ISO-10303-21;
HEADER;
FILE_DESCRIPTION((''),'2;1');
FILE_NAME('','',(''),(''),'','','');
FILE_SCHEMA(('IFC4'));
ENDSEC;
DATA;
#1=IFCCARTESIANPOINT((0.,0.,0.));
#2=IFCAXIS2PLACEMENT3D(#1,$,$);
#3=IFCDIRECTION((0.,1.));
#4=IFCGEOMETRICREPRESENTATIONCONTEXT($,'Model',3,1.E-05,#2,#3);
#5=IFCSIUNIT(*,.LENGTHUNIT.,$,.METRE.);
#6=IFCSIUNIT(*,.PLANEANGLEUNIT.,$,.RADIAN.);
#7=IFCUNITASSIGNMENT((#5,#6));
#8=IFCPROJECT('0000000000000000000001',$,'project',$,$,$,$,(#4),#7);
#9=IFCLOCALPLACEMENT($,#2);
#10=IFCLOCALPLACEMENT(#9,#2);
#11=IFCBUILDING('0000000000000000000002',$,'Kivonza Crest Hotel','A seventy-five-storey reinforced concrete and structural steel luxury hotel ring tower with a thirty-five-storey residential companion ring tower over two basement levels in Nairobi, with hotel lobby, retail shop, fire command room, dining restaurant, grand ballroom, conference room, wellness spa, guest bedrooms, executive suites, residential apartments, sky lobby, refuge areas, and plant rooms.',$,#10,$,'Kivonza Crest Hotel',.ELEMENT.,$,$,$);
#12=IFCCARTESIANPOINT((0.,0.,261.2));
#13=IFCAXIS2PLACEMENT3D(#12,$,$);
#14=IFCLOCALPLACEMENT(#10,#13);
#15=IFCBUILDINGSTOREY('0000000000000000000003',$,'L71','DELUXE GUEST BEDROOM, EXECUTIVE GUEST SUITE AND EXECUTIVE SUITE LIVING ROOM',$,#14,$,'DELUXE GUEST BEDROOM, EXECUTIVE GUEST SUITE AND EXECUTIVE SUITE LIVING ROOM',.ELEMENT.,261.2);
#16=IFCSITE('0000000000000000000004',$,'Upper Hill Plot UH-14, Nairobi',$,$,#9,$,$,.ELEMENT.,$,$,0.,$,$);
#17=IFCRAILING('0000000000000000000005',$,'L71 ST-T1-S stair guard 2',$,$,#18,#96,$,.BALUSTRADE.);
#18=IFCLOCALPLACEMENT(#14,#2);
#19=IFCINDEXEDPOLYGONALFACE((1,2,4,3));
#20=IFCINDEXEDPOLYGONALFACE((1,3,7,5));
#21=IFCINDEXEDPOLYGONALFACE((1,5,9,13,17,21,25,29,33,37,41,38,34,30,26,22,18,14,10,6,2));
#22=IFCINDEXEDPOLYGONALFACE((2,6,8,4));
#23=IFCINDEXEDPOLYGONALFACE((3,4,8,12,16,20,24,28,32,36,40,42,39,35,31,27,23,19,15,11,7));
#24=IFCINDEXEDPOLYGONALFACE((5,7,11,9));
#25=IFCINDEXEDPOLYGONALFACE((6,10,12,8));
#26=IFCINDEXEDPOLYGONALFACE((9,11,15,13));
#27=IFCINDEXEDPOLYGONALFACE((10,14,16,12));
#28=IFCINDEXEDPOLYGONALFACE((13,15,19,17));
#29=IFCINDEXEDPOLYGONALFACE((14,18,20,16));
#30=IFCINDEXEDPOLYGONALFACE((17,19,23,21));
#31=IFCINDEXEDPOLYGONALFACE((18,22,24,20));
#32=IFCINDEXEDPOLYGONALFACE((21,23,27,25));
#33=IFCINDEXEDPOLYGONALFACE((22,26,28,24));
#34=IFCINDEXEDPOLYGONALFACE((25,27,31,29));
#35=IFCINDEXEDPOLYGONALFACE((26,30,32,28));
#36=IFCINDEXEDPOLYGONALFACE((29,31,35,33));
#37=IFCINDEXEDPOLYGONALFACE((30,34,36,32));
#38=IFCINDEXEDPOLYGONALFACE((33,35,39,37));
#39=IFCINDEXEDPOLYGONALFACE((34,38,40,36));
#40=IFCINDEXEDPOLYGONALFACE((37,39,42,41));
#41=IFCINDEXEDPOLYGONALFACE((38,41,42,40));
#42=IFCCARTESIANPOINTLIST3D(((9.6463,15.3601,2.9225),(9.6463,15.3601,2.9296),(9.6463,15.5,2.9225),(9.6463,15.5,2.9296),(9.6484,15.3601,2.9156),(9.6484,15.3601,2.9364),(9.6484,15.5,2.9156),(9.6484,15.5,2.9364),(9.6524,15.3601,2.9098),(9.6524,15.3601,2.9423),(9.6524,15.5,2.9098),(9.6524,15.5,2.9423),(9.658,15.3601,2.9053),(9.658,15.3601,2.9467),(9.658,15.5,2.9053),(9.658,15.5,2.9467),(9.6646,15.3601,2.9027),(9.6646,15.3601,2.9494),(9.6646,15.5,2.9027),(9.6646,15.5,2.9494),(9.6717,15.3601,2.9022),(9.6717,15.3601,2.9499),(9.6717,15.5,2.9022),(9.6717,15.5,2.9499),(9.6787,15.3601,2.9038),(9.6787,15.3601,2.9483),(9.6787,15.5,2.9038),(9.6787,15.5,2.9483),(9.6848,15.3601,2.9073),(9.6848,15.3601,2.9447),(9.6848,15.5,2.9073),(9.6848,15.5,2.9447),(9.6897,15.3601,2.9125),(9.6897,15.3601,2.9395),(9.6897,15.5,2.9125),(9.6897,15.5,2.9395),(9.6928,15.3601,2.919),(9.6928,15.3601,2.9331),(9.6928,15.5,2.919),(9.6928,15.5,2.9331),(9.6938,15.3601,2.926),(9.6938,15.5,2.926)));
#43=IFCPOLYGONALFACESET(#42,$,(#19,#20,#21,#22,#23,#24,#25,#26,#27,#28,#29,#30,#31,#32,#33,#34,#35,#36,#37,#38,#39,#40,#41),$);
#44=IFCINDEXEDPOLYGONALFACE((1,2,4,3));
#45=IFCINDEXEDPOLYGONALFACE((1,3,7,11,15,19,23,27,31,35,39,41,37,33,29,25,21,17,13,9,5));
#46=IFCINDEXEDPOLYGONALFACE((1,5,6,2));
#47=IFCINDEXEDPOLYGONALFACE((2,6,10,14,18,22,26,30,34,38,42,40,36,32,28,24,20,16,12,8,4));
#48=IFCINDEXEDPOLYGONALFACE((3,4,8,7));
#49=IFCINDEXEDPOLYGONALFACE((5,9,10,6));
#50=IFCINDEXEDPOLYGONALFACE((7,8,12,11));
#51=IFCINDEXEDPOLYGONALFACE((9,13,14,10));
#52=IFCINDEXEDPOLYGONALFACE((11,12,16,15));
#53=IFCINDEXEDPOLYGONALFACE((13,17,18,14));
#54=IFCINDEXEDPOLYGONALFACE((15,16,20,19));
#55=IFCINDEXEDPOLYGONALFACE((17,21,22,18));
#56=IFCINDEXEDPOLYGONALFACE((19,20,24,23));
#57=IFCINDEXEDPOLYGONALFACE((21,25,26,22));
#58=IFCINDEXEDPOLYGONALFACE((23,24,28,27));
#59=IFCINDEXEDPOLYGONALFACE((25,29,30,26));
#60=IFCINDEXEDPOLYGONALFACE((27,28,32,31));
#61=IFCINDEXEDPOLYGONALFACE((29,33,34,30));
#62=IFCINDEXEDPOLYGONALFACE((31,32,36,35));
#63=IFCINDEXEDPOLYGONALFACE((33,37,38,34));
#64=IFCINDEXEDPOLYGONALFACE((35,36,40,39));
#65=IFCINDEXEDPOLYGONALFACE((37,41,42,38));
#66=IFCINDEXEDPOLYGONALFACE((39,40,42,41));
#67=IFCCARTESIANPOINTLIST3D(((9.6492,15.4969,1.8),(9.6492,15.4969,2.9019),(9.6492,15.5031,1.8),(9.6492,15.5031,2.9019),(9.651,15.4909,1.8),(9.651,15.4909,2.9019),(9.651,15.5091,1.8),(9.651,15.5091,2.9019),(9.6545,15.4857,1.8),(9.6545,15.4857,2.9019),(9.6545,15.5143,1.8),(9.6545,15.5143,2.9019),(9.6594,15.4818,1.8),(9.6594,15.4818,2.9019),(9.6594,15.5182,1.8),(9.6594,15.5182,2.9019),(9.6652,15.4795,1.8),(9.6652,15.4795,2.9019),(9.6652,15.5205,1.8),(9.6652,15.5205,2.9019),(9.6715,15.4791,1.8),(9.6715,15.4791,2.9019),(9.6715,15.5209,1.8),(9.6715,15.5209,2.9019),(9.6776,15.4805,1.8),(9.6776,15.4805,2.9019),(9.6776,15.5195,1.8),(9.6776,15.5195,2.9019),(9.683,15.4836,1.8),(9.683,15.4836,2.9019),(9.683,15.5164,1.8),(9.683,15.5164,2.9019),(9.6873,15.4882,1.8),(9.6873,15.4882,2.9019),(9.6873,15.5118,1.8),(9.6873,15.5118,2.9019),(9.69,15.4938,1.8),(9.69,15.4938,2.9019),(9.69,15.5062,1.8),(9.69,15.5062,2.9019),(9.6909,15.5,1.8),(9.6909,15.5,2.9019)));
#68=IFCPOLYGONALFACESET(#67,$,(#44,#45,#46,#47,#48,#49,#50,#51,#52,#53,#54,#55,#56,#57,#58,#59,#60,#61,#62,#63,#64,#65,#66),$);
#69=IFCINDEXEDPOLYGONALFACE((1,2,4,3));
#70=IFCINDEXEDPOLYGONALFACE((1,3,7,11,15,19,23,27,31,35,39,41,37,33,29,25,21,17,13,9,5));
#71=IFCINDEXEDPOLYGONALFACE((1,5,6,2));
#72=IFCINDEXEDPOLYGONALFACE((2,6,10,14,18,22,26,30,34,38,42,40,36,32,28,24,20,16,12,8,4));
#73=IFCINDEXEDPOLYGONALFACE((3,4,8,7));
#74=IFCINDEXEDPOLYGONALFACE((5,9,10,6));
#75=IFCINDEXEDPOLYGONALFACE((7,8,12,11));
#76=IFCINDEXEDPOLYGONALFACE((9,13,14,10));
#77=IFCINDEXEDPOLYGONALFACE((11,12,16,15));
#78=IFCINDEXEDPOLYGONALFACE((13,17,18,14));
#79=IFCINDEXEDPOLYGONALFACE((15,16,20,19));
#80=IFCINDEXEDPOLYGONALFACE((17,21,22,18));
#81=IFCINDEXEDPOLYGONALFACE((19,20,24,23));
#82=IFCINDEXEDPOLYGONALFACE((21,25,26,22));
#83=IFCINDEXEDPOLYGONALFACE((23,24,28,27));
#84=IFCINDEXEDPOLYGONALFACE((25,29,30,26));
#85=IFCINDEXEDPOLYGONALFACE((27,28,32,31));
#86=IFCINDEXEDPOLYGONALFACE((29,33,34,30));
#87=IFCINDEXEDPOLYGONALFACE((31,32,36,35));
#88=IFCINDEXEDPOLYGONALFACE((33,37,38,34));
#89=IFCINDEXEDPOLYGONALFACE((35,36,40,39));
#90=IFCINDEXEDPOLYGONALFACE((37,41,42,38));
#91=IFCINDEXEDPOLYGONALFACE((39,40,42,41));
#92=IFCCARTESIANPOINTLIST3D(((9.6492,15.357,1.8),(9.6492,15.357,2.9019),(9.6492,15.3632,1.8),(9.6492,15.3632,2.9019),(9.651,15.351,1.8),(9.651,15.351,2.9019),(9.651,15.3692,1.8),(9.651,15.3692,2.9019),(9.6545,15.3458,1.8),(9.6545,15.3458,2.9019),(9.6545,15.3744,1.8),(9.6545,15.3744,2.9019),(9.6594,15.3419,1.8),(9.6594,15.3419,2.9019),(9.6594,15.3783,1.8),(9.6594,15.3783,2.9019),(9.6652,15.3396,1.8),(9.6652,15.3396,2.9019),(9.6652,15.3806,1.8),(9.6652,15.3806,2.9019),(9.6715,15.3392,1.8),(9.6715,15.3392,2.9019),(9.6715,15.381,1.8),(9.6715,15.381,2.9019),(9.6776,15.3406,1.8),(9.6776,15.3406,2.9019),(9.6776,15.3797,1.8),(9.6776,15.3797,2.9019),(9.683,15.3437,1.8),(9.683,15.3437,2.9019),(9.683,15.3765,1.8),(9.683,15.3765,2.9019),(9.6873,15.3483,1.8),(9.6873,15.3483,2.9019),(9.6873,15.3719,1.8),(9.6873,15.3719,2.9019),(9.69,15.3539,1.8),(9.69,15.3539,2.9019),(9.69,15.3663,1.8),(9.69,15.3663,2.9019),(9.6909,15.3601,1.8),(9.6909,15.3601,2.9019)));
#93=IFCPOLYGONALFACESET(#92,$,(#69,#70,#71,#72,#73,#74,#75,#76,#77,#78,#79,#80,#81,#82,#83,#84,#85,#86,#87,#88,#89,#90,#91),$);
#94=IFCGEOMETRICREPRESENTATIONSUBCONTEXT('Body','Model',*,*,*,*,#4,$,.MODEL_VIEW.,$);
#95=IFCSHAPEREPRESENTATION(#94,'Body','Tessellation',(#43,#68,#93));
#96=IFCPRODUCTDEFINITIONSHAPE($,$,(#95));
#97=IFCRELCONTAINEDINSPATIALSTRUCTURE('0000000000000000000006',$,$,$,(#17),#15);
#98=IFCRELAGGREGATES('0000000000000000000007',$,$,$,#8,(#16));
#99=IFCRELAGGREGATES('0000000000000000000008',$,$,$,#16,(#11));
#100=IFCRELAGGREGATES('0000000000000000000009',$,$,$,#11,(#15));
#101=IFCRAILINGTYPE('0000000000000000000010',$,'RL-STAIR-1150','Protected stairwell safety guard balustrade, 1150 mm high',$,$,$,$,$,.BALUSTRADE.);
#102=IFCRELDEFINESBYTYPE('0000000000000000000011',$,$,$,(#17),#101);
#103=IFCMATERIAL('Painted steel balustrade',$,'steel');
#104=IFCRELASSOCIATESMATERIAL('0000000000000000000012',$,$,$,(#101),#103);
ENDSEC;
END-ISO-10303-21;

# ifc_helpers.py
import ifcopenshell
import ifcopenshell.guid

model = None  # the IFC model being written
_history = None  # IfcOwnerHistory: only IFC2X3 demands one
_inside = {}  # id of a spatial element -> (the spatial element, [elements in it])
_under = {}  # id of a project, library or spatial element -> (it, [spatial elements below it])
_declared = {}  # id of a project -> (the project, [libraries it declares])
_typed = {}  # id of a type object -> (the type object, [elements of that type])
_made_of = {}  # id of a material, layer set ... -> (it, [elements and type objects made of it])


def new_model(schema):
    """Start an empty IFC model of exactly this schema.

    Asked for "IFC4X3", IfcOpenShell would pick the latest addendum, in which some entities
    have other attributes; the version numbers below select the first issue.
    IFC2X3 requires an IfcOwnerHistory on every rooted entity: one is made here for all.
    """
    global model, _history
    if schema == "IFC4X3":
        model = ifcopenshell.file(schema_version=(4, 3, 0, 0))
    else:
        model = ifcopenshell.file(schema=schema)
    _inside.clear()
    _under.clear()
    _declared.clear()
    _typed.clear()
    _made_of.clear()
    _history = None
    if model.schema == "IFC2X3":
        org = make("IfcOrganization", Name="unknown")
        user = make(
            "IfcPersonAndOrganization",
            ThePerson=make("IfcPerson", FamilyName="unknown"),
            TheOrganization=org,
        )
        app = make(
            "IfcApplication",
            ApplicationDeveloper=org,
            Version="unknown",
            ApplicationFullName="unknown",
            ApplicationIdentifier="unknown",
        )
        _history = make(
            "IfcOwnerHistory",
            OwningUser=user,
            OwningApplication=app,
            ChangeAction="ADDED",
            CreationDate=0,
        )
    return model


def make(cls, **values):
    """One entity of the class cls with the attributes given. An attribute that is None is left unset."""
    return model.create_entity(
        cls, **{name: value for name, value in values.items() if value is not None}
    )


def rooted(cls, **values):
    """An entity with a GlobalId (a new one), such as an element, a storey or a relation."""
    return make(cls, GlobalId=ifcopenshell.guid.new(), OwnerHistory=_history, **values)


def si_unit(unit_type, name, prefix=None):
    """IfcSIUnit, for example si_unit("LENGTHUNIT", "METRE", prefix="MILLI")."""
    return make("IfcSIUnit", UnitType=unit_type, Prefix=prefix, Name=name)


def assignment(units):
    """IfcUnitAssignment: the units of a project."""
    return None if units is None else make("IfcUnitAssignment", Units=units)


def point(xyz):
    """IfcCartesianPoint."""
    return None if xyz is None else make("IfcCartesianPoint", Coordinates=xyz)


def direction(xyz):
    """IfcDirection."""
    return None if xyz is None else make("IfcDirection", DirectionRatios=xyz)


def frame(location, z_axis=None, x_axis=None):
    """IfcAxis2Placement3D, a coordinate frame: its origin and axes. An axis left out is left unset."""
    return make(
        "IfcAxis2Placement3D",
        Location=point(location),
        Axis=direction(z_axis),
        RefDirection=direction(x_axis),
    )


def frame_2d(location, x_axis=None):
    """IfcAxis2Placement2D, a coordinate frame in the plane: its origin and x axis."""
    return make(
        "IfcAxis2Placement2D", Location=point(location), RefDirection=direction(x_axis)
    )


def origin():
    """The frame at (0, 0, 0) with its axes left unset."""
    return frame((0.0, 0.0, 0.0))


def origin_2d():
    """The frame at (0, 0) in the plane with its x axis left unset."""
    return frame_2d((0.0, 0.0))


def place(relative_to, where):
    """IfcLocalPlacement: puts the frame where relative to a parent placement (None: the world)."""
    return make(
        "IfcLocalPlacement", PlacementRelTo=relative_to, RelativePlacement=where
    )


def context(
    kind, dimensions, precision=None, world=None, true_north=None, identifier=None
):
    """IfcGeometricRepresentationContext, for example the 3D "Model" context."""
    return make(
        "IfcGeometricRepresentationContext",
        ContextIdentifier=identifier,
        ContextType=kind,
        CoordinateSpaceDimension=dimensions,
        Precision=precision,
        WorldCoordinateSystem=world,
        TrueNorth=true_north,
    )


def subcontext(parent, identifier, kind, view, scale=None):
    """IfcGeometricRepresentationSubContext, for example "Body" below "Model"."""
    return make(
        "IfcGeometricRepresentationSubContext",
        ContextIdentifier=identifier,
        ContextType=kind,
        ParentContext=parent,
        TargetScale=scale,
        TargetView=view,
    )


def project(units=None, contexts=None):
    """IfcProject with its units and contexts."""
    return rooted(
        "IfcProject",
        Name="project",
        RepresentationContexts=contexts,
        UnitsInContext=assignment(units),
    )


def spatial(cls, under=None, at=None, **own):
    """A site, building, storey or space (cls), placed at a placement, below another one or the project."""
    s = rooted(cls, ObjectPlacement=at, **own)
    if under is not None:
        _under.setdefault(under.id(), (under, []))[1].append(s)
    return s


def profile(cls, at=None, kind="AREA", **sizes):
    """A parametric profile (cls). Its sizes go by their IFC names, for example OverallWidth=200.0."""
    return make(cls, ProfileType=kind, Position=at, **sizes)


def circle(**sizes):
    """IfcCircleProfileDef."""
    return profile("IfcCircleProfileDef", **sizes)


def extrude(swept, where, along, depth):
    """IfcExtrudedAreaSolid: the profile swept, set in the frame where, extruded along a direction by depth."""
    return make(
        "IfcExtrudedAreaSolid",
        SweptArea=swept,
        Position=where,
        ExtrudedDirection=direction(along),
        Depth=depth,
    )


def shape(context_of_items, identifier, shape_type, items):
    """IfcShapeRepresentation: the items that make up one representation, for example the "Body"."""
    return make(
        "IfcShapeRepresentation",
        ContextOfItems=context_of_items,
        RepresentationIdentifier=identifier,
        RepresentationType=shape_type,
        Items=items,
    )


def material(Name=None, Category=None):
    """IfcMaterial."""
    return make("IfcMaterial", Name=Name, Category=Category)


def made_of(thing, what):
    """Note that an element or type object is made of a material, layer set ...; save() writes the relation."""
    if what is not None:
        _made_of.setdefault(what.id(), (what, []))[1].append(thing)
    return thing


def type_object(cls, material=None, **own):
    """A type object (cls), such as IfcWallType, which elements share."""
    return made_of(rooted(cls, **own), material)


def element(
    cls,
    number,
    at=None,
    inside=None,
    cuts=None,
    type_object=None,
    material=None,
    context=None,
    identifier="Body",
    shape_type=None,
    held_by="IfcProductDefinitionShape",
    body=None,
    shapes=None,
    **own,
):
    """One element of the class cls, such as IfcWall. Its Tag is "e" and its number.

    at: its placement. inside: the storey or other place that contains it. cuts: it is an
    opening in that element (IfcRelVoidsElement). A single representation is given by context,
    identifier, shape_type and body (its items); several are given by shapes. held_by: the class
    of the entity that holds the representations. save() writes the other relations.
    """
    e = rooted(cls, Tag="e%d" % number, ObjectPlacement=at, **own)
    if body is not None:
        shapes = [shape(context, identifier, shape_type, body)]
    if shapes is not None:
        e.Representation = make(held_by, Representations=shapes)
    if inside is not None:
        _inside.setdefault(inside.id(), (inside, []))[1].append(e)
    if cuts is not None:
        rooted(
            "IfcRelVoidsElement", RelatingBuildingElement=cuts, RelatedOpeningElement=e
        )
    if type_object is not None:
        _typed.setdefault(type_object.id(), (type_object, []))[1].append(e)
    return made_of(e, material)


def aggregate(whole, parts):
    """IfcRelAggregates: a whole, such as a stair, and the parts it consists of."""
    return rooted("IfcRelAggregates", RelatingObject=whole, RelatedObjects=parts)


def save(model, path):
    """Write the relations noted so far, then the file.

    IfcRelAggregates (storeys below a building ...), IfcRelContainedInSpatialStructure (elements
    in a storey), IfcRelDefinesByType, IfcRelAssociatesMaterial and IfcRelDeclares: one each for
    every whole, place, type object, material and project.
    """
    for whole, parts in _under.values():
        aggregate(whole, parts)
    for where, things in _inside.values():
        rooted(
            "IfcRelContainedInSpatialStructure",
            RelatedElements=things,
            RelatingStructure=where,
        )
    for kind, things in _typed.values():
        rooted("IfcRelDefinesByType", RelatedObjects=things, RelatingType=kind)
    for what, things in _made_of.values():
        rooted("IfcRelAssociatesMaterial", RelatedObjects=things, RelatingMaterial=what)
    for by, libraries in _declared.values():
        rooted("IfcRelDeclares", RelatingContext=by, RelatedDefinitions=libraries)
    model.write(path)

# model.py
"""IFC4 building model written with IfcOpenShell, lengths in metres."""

from ifc_helpers import new_model, si_unit, direction, frame, origin, origin_2d, place, context, subcontext, project, spatial, circle, extrude, material, type_object, element, save


model = new_model("IFC4")

# Units and contexts
model_context = context("Model", 3, precision=1e-05, world=origin(), true_north=direction((0.0, 1.0)))
body_context = subcontext(model_context, "Body", "Model", "MODEL_VIEW")
ifc_project = project(units=[si_unit("LENGTHUNIT", "METRE"), si_unit("PLANEANGLEUNIT", "RADIAN")], contexts=[model_context])

# Site, building, storey
site_placement = place(None, origin())
site = spatial("IfcSite", under=ifc_project, at=site_placement, Name="Upper Hill Plot UH-14, Nairobi", CompositionType="ELEMENT", RefElevation=0.0)
building_placement = place(site_placement, origin())
building = spatial("IfcBuilding", under=site, at=building_placement, Name="Kivonza Crest Hotel", Description="A seventy-five-storey reinforced concrete and structural steel luxury hotel ring tower with a thirty-five-storey residential companion ring tower over two basement levels in Nairobi, with hotel lobby, retail shop, fire command room, dining restaurant, grand ballroom, conference room, wellness spa, guest bedrooms, executive suites, residential apartments, sky lobby, refuge areas, and plant rooms.", LongName="Kivonza Crest Hotel", CompositionType="ELEMENT")
storey_placement = place(building_placement, frame((0.0, 0.0, 261.2)))
storey = spatial("IfcBuildingStorey", under=building, at=storey_placement, Name="L71", Description="DELUXE GUEST BEDROOM, EXECUTIVE GUEST SUITE AND EXECUTIVE SUITE LIVING ROOM", LongName="DELUXE GUEST BEDROOM, EXECUTIVE GUEST SUITE AND EXECUTIVE SUITE LIVING ROOM", CompositionType="ELEMENT", Elevation=261.2)

# Railing
ifc_material_1 = material(Name="Painted steel balustrade", Category="steel")
railing_type_1 = type_object("IfcRailingType", Name="RL-STAIR-1150", Description="Protected stairwell safety guard balustrade, 1150 mm high", PredefinedType="BALUSTRADE", material=ifc_material_1)
railing_1_placement = place(storey_placement, frame((9.6699, 15.5, 1.8)))
element("IfcRailing", 1, at=railing_1_placement, inside=storey, type_object=railing_type_1, Name="L71 ST-T1-S stair guard 2", PredefinedType="BALUSTRADE", context=body_context, shape_type="SweptSolid", body=[
    extrude(circle(Radius=0.0239, at=origin_2d()), frame((0.0, 0.0, 1.126), z_axis=(0.0, -1.0, 0.0), x_axis=(1.0, 0.0, 0.0)), (0.0, 0.0, 1.0), 0.1399),
    extrude(circle(Radius=0.021, at=origin_2d()), origin(), (0.0, 0.0, 1.0), 1.1018),
    extrude(circle(Radius=0.021, at=origin_2d()), frame((0.0, -0.1399, 0.0)), (0.0, 0.0, 1.0), 1.1018),
])

save(model, "model.ifc")
